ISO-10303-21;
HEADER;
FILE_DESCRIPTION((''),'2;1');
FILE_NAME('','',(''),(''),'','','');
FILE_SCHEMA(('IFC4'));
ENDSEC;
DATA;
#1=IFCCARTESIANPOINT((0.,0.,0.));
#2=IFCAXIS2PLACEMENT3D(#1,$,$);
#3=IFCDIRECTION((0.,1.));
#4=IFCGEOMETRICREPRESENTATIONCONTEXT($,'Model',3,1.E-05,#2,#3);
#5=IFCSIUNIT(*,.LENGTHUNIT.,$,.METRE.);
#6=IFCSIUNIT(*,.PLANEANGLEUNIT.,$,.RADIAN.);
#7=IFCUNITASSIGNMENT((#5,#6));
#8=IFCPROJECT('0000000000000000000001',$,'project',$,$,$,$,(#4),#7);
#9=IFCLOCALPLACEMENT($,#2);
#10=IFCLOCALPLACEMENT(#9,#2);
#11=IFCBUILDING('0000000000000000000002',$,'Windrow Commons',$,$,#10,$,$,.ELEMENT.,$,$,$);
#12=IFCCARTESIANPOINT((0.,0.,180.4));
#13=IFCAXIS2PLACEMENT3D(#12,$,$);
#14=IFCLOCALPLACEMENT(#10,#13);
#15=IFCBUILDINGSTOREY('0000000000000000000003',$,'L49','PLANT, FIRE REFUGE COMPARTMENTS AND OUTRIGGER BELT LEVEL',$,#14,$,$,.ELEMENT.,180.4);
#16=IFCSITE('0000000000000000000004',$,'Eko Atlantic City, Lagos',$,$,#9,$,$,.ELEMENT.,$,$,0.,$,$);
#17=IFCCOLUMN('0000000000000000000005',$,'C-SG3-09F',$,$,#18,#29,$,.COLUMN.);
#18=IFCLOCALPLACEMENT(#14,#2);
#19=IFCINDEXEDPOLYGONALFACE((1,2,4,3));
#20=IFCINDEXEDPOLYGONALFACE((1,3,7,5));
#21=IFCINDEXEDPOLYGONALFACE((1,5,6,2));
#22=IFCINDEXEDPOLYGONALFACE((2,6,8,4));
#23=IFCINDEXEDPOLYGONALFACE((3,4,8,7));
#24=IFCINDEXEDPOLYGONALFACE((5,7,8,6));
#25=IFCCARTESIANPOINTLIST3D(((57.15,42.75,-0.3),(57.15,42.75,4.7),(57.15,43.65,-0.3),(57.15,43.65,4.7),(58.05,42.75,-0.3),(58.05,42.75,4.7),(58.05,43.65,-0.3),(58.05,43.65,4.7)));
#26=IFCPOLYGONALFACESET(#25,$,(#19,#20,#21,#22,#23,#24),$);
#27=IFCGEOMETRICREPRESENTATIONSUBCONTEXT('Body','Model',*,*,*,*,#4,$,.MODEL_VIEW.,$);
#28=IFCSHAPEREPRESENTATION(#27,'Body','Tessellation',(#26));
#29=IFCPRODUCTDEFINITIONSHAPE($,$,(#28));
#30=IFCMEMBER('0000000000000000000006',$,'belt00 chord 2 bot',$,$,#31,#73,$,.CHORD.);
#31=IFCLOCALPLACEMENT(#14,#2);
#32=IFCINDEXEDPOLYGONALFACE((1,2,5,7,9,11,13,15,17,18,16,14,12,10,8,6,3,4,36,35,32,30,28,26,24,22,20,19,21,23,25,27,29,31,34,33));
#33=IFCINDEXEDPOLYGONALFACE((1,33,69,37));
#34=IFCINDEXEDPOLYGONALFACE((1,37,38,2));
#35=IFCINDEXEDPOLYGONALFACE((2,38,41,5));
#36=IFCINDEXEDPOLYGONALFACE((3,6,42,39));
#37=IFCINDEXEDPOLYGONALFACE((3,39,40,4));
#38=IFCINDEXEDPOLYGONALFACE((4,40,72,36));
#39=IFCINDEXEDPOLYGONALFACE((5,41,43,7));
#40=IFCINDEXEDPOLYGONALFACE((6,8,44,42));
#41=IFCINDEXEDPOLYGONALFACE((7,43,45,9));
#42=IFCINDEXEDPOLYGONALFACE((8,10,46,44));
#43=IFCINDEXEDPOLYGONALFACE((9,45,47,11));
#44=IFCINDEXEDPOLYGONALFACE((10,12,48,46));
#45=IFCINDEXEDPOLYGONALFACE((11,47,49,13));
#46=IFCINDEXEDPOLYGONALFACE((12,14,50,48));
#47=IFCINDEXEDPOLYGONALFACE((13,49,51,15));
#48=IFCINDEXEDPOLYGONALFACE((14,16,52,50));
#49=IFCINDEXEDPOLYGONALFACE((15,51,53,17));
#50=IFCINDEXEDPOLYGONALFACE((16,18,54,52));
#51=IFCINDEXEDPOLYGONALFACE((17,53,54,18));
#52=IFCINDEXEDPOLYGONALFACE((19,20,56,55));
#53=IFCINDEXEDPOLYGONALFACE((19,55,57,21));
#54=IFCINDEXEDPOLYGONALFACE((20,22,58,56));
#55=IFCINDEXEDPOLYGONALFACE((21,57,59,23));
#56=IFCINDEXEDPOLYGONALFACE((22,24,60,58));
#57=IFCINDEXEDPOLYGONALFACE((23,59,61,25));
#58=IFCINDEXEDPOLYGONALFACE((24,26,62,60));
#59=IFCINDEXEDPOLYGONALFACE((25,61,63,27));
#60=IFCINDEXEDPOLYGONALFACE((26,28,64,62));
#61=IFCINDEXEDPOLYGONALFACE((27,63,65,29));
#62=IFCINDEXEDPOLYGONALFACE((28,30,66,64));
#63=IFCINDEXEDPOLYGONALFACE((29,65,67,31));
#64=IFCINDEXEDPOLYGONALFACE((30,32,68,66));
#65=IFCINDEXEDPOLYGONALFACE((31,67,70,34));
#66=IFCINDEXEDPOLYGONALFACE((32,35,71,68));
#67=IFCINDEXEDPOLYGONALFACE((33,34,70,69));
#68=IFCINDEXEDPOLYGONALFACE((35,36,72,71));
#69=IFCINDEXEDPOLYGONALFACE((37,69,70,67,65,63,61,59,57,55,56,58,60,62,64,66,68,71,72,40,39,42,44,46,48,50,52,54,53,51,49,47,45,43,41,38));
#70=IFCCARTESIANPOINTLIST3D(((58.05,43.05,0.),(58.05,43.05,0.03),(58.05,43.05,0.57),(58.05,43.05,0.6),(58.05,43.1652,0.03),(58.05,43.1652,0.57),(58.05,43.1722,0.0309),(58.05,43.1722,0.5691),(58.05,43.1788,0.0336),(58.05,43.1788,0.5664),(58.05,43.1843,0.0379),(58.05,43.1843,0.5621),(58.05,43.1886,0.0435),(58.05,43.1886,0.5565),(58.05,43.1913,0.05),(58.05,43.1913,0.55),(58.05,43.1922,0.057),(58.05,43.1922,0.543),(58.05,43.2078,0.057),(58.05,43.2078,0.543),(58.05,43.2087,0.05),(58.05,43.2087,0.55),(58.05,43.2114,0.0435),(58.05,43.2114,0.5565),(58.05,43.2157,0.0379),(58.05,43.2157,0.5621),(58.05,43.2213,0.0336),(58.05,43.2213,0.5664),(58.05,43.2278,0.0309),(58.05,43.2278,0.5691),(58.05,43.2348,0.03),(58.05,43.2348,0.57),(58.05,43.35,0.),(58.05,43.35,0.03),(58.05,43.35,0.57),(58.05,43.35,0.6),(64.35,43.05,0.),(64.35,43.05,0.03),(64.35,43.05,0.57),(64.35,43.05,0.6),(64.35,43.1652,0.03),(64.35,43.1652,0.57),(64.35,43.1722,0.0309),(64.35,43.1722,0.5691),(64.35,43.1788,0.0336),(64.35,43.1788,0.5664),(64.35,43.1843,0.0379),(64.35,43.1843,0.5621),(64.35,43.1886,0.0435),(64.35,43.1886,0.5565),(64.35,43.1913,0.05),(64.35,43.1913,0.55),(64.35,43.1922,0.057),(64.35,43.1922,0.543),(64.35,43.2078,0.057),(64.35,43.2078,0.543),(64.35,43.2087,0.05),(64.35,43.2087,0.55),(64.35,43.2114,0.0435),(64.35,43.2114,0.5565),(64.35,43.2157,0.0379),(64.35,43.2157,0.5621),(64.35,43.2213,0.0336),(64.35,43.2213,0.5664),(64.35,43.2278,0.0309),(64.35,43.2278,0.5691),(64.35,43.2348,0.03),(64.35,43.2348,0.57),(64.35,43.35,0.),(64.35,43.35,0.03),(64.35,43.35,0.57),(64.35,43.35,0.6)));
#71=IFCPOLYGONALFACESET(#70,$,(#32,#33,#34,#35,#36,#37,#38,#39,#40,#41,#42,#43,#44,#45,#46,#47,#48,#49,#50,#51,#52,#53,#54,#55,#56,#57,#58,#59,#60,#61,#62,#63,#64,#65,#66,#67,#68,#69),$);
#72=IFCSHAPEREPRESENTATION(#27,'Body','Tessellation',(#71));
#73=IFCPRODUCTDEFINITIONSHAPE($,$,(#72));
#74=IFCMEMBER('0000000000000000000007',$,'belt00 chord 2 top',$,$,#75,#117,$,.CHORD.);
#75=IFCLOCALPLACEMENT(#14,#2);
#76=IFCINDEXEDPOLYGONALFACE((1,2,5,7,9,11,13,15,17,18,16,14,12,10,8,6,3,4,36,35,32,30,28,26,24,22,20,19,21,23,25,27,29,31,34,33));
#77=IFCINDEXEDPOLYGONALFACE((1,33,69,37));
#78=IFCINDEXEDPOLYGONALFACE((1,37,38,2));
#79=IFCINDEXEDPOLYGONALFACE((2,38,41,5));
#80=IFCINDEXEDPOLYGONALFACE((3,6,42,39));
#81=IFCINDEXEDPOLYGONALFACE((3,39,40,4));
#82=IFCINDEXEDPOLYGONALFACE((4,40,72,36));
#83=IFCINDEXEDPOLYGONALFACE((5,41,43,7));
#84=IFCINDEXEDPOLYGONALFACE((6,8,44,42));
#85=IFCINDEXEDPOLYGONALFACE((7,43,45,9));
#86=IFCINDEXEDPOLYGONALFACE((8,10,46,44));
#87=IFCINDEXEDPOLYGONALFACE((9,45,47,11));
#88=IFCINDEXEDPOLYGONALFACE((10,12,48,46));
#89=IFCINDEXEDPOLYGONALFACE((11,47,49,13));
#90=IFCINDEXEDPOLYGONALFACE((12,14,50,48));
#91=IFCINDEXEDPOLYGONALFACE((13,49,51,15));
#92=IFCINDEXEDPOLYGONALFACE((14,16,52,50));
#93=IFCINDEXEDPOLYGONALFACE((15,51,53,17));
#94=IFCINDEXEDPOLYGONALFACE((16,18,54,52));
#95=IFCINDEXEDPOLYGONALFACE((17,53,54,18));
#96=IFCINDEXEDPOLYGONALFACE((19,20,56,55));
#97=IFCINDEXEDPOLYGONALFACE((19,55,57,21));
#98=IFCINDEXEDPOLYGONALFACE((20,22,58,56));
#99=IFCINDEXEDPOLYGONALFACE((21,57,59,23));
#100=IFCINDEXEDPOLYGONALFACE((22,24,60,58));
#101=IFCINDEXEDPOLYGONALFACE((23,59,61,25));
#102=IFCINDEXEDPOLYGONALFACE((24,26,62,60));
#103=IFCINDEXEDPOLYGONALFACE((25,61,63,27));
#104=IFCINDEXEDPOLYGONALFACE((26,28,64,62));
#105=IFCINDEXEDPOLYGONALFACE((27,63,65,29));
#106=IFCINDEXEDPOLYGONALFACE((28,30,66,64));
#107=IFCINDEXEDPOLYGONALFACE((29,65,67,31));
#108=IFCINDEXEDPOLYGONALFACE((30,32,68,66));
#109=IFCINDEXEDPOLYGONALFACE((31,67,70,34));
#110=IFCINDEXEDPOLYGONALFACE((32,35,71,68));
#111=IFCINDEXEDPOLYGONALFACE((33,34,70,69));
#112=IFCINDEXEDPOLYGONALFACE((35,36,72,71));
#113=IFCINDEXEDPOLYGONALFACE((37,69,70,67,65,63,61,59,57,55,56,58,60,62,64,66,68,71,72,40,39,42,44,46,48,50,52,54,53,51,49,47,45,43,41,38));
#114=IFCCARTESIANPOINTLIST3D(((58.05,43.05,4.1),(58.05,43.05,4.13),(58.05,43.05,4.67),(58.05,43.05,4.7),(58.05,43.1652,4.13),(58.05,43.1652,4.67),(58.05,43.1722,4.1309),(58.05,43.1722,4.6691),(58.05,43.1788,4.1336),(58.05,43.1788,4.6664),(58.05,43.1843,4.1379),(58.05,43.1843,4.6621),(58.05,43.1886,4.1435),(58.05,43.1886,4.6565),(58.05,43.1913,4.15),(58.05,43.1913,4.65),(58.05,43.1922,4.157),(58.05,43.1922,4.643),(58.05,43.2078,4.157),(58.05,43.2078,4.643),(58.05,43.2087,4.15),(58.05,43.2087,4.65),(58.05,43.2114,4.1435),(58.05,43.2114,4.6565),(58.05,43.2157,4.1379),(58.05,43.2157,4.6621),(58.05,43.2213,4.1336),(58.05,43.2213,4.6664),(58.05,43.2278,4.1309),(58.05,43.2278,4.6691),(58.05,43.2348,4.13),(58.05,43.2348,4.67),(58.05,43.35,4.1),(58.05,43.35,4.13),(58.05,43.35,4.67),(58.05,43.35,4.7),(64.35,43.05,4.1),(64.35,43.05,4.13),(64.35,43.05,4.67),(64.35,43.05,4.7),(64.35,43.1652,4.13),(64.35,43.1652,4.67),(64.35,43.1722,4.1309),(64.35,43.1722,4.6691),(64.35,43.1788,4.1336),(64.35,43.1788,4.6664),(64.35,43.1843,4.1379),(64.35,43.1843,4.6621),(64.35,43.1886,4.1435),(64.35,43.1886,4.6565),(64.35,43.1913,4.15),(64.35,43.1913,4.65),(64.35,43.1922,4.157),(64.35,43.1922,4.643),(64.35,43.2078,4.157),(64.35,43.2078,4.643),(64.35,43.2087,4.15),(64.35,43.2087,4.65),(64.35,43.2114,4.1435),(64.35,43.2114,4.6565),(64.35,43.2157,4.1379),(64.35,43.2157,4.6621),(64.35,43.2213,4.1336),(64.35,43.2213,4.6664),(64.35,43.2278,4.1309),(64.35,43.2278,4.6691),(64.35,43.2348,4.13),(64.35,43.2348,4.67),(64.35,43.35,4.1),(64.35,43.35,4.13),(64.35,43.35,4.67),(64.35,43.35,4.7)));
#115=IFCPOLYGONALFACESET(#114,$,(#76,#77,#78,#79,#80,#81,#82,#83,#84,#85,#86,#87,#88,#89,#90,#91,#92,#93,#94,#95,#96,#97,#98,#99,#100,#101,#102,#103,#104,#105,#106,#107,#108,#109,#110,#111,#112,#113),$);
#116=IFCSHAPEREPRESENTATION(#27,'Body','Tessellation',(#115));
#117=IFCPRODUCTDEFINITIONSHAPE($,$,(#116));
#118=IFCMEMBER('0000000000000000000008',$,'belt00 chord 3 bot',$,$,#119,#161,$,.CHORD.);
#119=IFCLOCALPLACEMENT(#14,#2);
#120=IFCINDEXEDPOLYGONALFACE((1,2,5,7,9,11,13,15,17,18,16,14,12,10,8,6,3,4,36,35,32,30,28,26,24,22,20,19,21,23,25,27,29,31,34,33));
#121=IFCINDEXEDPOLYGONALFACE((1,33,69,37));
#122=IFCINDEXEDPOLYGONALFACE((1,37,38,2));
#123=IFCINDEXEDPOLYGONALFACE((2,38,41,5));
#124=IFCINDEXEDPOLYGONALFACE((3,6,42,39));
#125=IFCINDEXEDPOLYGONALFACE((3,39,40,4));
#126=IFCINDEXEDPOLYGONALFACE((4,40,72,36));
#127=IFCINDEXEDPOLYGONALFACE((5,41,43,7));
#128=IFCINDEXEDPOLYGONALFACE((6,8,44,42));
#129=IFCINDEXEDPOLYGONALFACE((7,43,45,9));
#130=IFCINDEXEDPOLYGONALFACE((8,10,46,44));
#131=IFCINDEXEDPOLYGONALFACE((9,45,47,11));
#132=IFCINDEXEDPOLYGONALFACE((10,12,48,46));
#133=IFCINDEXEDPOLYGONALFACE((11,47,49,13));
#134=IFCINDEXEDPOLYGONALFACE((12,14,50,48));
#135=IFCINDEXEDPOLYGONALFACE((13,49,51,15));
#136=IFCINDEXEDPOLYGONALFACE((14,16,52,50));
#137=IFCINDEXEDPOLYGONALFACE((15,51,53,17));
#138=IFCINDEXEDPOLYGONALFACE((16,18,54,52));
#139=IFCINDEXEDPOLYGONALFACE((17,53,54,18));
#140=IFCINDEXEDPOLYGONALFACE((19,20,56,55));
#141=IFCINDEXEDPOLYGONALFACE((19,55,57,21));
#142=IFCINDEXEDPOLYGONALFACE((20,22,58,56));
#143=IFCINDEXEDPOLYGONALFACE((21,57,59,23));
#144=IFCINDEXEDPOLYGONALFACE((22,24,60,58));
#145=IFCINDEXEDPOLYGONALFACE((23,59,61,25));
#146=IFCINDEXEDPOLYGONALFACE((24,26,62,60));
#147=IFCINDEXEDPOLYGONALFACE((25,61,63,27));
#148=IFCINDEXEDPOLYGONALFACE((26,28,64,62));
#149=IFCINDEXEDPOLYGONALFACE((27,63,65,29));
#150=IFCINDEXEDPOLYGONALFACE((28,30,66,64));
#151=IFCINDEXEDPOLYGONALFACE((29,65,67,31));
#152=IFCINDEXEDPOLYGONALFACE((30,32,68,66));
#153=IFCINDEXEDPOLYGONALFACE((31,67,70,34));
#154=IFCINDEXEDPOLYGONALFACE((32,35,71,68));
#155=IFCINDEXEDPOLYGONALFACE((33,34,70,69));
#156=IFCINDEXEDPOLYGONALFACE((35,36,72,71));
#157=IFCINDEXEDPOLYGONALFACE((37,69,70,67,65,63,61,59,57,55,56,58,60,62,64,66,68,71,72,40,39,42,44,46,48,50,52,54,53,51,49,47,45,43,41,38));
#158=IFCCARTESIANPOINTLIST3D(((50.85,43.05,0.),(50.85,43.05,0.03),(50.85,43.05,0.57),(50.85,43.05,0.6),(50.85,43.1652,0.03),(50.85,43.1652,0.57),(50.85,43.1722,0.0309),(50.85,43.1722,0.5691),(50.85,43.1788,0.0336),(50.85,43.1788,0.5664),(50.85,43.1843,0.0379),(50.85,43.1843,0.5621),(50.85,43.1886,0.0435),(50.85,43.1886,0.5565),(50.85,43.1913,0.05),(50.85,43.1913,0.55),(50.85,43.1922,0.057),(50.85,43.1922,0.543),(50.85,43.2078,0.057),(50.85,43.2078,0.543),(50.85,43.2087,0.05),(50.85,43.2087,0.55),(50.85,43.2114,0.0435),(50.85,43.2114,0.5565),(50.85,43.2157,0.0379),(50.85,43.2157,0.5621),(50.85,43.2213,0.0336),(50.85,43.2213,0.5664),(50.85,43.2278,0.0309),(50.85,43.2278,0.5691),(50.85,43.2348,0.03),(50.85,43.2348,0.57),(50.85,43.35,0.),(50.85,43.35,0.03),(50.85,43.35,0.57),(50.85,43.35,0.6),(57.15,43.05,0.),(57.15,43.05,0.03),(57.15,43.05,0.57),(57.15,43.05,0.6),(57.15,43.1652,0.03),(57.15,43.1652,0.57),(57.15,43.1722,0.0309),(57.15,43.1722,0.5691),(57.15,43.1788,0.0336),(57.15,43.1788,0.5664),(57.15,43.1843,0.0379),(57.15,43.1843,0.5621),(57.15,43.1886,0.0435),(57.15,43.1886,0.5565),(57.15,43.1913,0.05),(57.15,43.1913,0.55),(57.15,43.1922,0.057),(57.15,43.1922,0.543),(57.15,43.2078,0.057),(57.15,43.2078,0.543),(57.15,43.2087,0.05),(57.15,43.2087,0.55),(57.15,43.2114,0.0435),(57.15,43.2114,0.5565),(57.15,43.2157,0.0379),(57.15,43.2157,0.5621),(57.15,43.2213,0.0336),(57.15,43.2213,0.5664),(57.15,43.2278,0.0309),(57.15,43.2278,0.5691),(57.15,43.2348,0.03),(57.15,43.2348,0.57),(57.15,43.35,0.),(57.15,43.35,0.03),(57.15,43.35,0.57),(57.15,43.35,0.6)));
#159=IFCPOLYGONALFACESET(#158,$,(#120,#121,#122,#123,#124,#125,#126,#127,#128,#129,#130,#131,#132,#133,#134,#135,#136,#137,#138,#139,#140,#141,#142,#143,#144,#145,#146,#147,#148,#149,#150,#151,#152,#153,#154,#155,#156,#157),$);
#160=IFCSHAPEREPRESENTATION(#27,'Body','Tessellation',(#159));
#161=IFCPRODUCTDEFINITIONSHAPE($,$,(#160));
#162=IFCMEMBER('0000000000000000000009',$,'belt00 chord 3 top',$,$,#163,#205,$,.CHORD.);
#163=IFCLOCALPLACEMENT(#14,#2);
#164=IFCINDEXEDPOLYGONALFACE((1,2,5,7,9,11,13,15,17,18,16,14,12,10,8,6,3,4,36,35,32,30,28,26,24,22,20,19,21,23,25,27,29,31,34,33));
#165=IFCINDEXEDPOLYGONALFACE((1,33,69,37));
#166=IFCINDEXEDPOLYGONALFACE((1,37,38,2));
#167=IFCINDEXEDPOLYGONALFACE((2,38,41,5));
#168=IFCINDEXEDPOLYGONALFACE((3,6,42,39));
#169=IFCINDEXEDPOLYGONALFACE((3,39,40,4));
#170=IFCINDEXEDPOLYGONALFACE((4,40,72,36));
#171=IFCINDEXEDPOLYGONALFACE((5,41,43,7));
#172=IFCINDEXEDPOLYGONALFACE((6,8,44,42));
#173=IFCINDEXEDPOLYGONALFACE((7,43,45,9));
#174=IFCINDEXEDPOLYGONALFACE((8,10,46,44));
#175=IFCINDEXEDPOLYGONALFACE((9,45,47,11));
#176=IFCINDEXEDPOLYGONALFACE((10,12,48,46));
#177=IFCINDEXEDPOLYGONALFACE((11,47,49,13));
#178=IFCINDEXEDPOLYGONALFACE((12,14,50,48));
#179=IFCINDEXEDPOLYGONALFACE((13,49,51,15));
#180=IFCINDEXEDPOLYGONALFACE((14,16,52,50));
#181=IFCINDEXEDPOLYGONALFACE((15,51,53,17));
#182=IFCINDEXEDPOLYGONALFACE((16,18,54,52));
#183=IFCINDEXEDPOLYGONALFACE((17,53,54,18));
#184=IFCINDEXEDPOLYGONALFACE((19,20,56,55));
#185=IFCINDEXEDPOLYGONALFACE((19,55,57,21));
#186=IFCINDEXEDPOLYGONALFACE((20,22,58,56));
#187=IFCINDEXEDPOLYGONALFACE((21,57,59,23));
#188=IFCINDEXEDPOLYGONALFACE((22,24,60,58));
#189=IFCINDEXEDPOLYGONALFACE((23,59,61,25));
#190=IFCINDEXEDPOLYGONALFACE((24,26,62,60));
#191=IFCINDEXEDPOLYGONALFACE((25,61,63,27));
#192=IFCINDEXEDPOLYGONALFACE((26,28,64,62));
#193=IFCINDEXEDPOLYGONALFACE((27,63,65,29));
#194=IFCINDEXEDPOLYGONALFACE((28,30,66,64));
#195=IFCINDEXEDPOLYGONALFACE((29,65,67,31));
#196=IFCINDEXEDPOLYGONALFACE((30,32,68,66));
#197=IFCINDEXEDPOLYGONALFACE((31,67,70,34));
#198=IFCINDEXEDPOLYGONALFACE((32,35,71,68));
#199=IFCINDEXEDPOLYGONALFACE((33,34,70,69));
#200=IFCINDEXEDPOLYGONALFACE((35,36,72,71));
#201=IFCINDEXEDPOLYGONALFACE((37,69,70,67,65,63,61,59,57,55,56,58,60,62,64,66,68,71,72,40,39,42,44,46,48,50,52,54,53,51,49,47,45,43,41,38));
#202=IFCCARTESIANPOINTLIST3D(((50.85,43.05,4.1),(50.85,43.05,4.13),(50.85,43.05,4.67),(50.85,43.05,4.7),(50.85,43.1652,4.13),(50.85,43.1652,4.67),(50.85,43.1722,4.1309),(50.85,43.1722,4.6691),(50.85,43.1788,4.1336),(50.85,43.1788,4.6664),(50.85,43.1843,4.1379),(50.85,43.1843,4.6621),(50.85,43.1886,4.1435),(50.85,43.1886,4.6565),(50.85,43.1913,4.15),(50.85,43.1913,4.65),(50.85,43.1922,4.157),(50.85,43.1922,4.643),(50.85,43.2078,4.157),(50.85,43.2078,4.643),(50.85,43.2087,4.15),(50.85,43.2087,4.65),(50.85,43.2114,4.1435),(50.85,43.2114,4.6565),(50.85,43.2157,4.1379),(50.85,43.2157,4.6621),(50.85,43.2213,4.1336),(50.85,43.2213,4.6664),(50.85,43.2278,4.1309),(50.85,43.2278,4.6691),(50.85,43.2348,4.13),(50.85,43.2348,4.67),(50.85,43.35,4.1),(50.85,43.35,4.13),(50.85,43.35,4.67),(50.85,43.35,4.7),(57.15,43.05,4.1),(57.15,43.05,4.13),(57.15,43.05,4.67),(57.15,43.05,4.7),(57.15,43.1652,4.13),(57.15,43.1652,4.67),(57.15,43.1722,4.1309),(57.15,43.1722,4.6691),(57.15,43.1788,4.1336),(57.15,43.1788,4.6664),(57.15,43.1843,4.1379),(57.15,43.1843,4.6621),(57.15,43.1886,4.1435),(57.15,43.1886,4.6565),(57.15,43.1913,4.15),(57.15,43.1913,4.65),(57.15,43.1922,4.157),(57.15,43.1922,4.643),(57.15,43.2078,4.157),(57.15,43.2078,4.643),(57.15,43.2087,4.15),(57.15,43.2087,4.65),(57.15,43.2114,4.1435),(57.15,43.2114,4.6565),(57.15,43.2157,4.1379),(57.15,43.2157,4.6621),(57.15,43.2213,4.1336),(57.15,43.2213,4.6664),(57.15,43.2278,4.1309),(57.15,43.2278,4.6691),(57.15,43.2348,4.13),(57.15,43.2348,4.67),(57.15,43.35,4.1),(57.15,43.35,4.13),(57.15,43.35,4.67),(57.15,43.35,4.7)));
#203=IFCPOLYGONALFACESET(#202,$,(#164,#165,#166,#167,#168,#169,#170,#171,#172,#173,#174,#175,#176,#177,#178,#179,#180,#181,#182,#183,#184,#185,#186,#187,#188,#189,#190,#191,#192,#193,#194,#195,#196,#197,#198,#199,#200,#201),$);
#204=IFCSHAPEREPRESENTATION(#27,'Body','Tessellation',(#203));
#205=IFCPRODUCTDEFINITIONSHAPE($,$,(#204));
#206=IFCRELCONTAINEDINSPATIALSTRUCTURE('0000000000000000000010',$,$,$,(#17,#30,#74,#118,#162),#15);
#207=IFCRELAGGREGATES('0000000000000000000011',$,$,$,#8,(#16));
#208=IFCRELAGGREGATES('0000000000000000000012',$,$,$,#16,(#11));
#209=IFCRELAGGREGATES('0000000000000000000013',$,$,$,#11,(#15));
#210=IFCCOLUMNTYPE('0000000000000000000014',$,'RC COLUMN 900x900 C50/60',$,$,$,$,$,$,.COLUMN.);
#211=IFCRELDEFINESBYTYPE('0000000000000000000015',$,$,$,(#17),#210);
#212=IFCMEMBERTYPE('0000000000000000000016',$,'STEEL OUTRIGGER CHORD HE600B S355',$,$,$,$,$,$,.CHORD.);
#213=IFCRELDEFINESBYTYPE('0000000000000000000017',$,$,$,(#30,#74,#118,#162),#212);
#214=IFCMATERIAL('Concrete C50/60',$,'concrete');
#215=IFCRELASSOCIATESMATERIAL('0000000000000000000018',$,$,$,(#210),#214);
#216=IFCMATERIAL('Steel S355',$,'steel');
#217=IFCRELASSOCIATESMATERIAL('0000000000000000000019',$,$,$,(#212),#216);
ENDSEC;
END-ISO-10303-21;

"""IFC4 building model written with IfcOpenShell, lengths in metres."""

from ifc_helpers import new_model, si_unit, direction, frame, origin, origin_2d, place, context, subcontext, project, spatial, rectangle, i_section, extrude, material, material_profile, profile_set, type_object, element, save


model = new_model("IFC4")

# Units and contexts
model_context = context("Model", 3, precision=1e-05, world=origin(), true_north=direction((0.0, 1.0)))
body_context = subcontext(model_context, "Body", "Model", "MODEL_VIEW")
ifc_project = project(units=[si_unit("LENGTHUNIT", "METRE"), si_unit("PLANEANGLEUNIT", "RADIAN")], contexts=[model_context])

# Site, building, storey
site_placement = place(None, origin())
site = spatial("IfcSite", under=ifc_project, at=site_placement, Name="Eko Atlantic City, Lagos", CompositionType="ELEMENT", RefElevation=0.0)
building_placement = place(site_placement, origin())
building = spatial("IfcBuilding", under=site, at=building_placement, Name="Windrow Commons", CompositionType="ELEMENT")
storey_placement = place(building_placement, frame((0.0, 0.0, 180.4)))
storey = spatial("IfcBuildingStorey", under=building, at=storey_placement, Name="L49", Description="PLANT, FIRE REFUGE COMPARTMENTS AND OUTRIGGER BELT LEVEL", CompositionType="ELEMENT", Elevation=180.4)

# Column
ifc_material_1 = material(Name="Concrete C50/60", Category="concrete")
ifc_material_profile_1 = material_profile(ifc_material_1, rectangle(XDim=0.9, YDim=0.9, at=origin_2d()))
ifc_profile_set_1 = profile_set([ifc_material_profile_1], Name="Concrete C50/60")
column_type = type_object("IfcColumnType", Name="RC COLUMN 900x900 C50/60", PredefinedType="COLUMN", material=ifc_profile_set_1)
column_placement = place(storey_placement, frame((57.6, 43.2, -0.3), z_axis=(0.0, 0.0, 1.0), x_axis=(1.0, 0.0, 0.0)))
element("IfcColumn", 1, at=column_placement, inside=storey, type_object=column_type, Name="C-SG3-09F", PredefinedType="COLUMN", context=body_context, shape_type="SweptSolid", body=[
    extrude(rectangle(XDim=0.9, YDim=0.9, at=origin_2d()), origin(), (0.0, 0.0, 1.0), 5.0),
])

# Members
ifc_material_2 = material(Name="Steel S355", Category="steel")
ifc_material_profile_2 = material_profile(ifc_material_2, i_section(OverallWidth=0.3, OverallDepth=0.6, WebThickness=0.0155, FlangeThickness=0.03, FilletRadius=0.027, at=origin_2d()))
ifc_profile_set_2 = profile_set([ifc_material_profile_2], Name="Steel S355")
member_type_1 = type_object("IfcMemberType", Name="STEEL OUTRIGGER CHORD HE600B S355", PredefinedType="CHORD", material=ifc_profile_set_2)
for number, where, z_axis, x_axis, name in (
    (2, (64.35, 43.2, 0.3), (-1.0, 0.0, 0.0), (0.0, -1.0, 0.0), "belt00 chord 2 bot"),
    (3, (64.35, 43.2, 4.4), (-1.0, 0.0, 0.0), (0.0, -1.0, 0.0), "belt00 chord 2 top"),
    (4, (57.15, 43.2, 0.3), (-1.0, 0.0, 0.0), (0.0, -1.0, 0.0), "belt00 chord 3 bot"),
    (5, (57.15, 43.2, 4.4), (-1.0, 0.0, 0.0), (0.0, -1.0, 0.0), "belt00 chord 3 top"),
):
    element("IfcMember", number, at=place(storey_placement, frame(where, z_axis=z_axis, x_axis=x_axis)), inside=storey, type_object=member_type_1, Name=name, PredefinedType="CHORD", context=body_context, shape_type="SweptSolid", body=[
        extrude(i_section(OverallWidth=0.3, OverallDepth=0.6, WebThickness=0.0155, FlangeThickness=0.03, FilletRadius=0.027, at=origin_2d()), origin(), (0.0, 0.0, 1.0), 6.3),
    ])

save(model, "model.ifc")
